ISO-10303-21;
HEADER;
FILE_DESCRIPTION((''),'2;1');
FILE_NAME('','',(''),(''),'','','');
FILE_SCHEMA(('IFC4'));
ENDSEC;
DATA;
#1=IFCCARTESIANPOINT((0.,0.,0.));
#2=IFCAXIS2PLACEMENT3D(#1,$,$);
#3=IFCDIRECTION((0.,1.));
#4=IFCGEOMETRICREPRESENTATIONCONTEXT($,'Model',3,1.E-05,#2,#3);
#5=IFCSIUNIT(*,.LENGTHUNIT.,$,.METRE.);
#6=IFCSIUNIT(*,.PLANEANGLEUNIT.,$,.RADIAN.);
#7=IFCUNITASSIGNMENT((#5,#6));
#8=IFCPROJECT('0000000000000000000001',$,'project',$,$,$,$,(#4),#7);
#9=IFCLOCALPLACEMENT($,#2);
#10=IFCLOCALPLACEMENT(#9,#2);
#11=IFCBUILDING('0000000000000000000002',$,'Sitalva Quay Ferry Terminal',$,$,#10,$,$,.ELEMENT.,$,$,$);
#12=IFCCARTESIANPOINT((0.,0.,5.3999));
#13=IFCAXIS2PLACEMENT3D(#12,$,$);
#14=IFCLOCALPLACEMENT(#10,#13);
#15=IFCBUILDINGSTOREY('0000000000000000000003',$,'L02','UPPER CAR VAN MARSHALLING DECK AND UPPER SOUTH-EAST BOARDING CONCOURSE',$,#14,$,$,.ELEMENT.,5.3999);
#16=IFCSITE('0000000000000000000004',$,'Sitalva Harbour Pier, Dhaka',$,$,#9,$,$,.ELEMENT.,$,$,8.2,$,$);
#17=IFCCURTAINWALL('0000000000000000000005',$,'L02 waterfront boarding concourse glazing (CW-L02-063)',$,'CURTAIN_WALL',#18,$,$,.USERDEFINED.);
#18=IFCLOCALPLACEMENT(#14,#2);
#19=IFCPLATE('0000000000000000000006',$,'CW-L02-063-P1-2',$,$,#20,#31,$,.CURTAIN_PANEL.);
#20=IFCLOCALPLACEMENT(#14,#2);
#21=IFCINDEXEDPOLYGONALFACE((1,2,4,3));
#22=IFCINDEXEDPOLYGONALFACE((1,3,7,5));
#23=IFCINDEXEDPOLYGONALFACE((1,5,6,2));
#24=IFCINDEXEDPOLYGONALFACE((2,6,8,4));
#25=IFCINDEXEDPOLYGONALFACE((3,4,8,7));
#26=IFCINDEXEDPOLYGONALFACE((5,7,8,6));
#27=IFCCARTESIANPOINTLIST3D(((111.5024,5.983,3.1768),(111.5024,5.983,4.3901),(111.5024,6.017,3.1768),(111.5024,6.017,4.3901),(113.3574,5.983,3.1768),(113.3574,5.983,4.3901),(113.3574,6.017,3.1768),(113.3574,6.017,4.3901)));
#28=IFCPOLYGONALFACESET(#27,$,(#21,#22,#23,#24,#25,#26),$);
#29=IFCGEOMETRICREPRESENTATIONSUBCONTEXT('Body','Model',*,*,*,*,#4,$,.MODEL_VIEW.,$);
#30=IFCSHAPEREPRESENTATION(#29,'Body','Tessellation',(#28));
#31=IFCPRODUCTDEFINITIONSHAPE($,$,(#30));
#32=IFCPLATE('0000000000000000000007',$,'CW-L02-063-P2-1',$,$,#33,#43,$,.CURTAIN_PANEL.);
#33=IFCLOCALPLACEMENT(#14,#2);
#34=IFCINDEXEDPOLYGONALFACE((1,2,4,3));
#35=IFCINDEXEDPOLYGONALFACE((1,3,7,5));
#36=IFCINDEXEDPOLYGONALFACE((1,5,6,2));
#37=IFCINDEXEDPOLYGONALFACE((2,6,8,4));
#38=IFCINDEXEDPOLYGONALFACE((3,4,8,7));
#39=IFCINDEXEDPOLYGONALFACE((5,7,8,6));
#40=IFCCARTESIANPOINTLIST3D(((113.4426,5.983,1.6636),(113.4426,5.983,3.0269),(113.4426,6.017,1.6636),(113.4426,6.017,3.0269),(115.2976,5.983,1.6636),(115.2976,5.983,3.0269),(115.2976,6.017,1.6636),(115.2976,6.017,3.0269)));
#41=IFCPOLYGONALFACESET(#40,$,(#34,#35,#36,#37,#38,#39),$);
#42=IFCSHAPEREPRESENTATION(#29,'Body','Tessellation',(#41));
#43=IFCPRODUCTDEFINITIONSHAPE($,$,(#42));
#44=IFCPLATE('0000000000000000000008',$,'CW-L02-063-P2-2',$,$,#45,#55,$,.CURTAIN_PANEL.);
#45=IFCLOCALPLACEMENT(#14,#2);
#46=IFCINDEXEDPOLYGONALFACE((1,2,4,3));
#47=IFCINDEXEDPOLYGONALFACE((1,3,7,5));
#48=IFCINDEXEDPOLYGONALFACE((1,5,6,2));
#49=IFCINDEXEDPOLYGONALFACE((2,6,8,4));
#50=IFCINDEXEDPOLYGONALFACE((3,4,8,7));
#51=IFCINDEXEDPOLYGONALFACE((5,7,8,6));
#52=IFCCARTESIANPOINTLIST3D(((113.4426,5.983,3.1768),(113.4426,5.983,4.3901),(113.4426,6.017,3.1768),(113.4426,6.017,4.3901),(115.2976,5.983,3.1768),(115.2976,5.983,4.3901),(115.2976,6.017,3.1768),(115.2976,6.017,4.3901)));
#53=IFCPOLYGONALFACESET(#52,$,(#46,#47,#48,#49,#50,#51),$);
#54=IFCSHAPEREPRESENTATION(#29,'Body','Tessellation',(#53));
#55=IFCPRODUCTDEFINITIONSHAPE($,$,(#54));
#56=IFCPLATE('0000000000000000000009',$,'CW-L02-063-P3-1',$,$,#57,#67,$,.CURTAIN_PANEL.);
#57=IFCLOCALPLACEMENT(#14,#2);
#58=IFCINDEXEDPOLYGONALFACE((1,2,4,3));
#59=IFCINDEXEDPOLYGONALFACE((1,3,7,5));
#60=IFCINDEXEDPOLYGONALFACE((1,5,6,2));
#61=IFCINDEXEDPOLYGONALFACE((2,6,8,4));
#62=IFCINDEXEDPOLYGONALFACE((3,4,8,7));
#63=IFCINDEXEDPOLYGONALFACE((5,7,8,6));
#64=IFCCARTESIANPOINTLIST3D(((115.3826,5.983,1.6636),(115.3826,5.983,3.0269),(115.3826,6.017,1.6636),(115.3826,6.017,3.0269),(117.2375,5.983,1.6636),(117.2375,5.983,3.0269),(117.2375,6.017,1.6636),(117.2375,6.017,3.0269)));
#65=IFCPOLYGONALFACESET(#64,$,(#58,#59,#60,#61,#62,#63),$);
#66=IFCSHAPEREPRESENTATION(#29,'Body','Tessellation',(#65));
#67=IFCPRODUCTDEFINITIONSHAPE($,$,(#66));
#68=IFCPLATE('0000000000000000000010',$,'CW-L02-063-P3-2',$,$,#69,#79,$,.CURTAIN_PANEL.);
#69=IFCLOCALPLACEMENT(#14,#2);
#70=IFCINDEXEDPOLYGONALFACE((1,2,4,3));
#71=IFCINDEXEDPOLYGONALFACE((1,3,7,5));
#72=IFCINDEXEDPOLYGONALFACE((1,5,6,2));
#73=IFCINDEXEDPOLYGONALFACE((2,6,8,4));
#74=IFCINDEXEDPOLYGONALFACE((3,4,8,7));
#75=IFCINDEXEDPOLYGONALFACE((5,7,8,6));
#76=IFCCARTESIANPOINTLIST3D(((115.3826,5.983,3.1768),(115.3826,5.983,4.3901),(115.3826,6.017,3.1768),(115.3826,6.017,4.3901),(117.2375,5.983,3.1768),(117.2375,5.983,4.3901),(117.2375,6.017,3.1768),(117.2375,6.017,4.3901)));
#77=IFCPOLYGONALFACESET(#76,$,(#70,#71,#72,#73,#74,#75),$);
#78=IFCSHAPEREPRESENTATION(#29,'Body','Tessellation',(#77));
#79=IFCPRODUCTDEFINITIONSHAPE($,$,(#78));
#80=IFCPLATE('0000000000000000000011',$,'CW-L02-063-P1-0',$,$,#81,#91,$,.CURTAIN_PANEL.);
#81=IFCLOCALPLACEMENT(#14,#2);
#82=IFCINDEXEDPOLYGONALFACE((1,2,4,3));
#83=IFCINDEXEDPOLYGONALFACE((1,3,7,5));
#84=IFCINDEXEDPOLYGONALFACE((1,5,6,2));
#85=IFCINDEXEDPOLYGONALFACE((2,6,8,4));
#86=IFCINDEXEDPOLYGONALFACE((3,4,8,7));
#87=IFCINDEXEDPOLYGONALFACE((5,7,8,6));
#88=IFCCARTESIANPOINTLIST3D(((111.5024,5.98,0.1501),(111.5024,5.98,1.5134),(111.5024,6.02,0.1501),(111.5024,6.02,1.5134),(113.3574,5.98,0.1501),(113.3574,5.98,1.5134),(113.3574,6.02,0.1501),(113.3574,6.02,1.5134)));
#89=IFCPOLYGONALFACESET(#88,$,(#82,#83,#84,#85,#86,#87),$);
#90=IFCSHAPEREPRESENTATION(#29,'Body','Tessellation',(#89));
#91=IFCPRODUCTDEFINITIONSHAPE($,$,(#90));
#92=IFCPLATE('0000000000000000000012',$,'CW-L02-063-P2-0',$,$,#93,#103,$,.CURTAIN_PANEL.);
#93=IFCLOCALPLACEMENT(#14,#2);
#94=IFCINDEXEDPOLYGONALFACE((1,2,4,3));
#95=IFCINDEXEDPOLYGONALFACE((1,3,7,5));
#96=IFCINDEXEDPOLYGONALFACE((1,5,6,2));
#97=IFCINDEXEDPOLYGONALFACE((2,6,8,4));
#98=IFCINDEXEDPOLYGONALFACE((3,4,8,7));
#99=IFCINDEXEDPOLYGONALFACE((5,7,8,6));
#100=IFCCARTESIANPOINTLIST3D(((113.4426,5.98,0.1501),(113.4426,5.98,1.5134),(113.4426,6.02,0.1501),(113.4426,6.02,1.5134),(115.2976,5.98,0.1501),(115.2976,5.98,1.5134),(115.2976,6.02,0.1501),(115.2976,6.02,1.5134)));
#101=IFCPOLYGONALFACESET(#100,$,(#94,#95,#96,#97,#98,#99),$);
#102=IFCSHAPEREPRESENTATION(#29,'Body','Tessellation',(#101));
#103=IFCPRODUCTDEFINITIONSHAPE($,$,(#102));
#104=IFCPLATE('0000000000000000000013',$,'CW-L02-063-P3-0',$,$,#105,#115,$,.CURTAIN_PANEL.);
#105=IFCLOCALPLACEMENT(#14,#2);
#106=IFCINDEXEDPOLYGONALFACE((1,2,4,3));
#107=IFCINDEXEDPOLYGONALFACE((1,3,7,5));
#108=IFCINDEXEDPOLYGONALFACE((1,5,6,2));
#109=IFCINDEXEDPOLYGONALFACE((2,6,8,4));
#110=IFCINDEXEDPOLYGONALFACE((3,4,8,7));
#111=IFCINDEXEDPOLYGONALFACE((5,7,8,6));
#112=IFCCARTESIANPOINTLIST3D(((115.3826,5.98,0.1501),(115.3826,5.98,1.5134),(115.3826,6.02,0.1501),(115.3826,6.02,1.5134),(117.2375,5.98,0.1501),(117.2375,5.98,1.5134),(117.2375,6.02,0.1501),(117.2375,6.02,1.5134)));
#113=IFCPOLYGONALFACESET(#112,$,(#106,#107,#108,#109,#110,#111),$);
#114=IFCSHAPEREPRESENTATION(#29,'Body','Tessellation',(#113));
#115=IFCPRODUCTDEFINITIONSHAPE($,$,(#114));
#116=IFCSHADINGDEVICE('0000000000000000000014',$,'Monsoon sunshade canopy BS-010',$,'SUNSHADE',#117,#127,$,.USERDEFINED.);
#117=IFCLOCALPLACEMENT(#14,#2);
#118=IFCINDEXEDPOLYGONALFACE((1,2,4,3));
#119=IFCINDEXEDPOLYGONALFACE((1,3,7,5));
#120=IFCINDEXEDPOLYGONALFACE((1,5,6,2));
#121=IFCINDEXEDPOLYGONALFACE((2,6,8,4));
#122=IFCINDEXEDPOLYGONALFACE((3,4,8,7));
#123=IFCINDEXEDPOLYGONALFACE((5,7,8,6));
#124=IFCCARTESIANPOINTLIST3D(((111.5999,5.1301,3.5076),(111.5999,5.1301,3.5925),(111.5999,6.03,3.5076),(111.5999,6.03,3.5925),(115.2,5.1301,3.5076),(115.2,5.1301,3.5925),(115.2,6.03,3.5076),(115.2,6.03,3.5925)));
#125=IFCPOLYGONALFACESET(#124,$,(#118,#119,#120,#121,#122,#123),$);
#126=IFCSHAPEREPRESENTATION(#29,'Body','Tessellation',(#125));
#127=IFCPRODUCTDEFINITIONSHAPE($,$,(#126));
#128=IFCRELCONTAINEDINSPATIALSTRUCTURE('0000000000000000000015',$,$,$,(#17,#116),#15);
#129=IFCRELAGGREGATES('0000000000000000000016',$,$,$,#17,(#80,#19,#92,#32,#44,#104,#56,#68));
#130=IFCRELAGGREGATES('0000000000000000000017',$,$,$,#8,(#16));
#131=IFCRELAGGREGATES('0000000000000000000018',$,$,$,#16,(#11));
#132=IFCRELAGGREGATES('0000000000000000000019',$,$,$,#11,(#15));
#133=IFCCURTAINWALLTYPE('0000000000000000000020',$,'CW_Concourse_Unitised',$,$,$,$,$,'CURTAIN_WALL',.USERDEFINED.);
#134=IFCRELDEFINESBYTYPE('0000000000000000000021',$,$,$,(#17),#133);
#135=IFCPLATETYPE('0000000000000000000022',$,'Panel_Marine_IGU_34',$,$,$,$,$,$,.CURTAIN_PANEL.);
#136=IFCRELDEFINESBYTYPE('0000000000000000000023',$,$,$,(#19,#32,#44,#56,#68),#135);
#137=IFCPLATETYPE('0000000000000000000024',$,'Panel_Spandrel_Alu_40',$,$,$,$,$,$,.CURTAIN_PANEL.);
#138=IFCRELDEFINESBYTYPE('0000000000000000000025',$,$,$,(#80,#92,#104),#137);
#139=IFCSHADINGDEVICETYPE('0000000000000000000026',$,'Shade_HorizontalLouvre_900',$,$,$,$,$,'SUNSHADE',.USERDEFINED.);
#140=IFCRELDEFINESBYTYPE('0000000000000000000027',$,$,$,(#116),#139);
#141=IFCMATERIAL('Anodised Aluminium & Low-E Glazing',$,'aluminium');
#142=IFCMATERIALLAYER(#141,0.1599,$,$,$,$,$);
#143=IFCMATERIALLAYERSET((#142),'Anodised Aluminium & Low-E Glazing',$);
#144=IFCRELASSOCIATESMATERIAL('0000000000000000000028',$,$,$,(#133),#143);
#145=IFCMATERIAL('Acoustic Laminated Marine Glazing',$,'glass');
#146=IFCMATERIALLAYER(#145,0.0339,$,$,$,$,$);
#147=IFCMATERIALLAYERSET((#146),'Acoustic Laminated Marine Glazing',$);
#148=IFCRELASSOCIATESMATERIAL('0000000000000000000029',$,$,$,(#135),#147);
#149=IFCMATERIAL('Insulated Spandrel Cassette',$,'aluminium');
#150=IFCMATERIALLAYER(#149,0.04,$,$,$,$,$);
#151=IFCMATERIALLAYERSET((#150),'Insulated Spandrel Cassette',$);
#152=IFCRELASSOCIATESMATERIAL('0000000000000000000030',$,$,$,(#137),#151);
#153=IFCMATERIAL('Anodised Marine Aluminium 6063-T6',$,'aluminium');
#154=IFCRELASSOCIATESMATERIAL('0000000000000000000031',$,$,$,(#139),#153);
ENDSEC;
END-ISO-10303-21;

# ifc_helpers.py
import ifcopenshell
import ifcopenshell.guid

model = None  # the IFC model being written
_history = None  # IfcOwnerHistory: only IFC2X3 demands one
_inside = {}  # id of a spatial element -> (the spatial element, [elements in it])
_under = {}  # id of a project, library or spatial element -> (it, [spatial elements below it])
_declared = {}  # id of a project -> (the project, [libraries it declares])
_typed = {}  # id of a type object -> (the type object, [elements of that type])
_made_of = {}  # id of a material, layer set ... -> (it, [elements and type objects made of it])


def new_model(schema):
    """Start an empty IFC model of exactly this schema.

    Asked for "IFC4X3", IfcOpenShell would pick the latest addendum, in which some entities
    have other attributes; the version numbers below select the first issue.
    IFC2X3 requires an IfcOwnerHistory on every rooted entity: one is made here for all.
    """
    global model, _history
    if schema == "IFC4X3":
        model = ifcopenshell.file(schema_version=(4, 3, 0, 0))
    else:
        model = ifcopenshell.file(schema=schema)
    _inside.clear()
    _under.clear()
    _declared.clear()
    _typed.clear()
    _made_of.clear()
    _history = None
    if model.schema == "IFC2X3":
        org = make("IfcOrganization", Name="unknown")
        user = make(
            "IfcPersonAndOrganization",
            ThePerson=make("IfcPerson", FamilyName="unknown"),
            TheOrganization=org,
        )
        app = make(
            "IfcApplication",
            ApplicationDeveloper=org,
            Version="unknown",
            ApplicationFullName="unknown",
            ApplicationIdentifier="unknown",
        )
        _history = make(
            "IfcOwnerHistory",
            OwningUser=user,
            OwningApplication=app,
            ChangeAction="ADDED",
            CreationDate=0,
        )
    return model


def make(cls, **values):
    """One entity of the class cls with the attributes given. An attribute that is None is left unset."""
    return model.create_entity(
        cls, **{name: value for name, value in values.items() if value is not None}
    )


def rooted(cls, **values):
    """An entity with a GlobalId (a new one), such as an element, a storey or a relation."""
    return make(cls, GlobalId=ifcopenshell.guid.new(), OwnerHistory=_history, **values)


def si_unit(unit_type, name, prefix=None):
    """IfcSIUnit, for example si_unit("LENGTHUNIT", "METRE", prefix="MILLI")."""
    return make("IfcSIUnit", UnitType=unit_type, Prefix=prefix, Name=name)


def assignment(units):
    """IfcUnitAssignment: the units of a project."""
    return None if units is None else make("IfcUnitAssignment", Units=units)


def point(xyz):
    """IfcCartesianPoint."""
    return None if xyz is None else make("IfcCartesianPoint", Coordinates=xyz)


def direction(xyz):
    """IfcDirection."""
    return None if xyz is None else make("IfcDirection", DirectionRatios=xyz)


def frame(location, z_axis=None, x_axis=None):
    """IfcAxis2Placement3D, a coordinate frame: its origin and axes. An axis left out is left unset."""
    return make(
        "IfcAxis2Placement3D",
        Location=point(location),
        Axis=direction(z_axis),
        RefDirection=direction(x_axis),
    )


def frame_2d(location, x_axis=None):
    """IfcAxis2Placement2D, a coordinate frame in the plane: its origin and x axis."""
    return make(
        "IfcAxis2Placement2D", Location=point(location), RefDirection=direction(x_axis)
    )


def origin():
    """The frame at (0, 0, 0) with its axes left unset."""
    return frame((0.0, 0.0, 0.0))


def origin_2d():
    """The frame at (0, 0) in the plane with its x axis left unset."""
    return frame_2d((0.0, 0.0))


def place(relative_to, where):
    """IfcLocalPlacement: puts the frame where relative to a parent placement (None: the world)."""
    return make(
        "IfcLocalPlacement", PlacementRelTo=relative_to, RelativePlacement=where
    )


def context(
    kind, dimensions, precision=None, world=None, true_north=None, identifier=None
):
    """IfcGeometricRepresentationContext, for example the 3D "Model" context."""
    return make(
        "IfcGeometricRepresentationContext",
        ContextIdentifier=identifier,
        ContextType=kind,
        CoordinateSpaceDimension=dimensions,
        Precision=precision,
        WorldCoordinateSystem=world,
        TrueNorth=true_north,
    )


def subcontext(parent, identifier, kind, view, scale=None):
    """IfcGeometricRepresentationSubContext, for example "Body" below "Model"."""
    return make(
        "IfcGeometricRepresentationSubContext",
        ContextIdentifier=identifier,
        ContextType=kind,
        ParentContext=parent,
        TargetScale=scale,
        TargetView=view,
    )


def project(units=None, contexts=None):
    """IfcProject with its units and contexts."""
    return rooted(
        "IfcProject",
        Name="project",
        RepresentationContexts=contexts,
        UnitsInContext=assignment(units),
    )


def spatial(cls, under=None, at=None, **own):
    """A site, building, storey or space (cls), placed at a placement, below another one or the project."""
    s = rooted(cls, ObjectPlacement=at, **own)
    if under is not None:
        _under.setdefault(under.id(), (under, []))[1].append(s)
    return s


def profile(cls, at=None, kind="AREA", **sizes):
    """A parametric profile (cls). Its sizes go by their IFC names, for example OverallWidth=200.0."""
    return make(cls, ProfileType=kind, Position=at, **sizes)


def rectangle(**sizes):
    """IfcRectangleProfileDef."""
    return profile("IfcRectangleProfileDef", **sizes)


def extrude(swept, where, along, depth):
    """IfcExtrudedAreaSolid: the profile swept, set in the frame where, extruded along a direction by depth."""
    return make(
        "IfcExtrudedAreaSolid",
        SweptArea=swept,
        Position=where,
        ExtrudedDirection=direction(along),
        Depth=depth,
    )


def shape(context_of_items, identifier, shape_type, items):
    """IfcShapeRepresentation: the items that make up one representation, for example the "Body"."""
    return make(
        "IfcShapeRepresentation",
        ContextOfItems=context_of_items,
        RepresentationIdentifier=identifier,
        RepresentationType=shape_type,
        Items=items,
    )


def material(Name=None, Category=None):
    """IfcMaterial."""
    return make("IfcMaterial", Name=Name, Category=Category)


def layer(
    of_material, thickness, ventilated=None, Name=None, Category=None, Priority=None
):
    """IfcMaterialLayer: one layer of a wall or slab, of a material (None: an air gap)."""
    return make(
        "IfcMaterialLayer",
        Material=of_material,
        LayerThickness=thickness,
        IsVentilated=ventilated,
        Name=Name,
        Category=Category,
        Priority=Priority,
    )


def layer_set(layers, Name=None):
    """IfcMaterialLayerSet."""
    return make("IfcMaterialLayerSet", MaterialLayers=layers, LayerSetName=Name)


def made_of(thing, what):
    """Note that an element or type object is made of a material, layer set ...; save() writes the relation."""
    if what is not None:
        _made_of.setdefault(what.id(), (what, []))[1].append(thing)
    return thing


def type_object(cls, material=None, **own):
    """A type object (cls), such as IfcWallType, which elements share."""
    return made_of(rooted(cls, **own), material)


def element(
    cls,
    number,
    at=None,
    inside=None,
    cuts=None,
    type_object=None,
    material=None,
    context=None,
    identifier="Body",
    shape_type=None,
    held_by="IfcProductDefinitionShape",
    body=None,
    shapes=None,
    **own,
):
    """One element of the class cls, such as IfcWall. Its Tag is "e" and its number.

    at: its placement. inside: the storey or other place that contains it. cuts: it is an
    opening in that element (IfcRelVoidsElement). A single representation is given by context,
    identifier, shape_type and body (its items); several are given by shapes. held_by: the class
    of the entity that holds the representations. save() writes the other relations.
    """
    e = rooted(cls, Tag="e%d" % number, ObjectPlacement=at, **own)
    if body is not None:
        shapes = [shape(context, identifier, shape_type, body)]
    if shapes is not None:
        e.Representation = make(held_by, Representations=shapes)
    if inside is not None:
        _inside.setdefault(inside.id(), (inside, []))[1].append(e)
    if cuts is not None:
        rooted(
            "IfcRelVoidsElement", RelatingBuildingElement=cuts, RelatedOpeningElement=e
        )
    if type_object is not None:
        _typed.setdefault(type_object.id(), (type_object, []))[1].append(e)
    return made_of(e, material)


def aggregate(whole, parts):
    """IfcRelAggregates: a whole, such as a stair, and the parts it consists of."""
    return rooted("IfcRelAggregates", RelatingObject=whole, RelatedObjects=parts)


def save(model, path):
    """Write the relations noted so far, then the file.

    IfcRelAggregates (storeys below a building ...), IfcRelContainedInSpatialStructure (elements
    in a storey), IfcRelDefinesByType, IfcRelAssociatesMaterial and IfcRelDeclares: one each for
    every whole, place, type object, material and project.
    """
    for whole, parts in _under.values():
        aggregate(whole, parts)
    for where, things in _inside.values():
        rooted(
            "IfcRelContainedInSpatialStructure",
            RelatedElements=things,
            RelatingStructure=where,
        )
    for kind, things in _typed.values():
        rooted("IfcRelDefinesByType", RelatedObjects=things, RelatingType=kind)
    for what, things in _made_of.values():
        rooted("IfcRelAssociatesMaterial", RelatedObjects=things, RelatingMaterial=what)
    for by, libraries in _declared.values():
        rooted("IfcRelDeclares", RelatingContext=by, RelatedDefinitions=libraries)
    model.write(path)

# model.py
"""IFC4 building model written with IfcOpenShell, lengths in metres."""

from ifc_helpers import new_model, si_unit, direction, frame, origin, origin_2d, place, context, subcontext, project, spatial, rectangle, extrude, material, layer, layer_set, type_object, element, aggregate, save


model = new_model("IFC4")

# Units and contexts
model_context = context("Model", 3, precision=1e-05, world=origin(), true_north=direction((0.0, 1.0)))
body_context = subcontext(model_context, "Body", "Model", "MODEL_VIEW")
ifc_project = project(units=[si_unit("LENGTHUNIT", "METRE"), si_unit("PLANEANGLEUNIT", "RADIAN")], contexts=[model_context])

# Site, building, storey
site_placement = place(None, origin())
site = spatial("IfcSite", under=ifc_project, at=site_placement, Name="Sitalva Harbour Pier, Dhaka", CompositionType="ELEMENT", RefElevation=8.2)
building_placement = place(site_placement, origin())
building = spatial("IfcBuilding", under=site, at=building_placement, Name="Sitalva Quay Ferry Terminal", CompositionType="ELEMENT")
storey_placement = place(building_placement, frame((0.0, 0.0, 5.3999)))
storey = spatial("IfcBuildingStorey", under=building, at=storey_placement, Name="L02", Description="UPPER CAR VAN MARSHALLING DECK AND UPPER SOUTH-EAST BOARDING CONCOURSE", CompositionType="ELEMENT", Elevation=5.3999)

# Curtain wall, plates
ifc_material_1 = material(Name="Anodised Aluminium & Low-E Glazing", Category="aluminium")
ifc_layer_1 = layer(ifc_material_1, 0.1599)
ifc_layer_set_1 = layer_set([ifc_layer_1], Name="Anodised Aluminium & Low-E Glazing")
curtain_wall_type = type_object("IfcCurtainWallType", Name="CW_Concourse_Unitised", ElementType="CURTAIN_WALL", PredefinedType="USERDEFINED", material=ifc_layer_set_1)
curtain_wall_placement = place(storey_placement, origin())
curtain_wall = element("IfcCurtainWall", 1, at=curtain_wall_placement, inside=storey, type_object=curtain_wall_type, Name="L02 waterfront boarding concourse glazing (CW-L02-063)", ObjectType="CURTAIN_WALL", PredefinedType="USERDEFINED")
ifc_material_2 = material(Name="Acoustic Laminated Marine Glazing", Category="glass")
ifc_layer_2 = layer(ifc_material_2, 0.0339)
ifc_layer_set_2 = layer_set([ifc_layer_2], Name="Acoustic Laminated Marine Glazing")
plate_type_1 = type_object("IfcPlateType", Name="Panel_Marine_IGU_34", PredefinedType="CURTAIN_PANEL", material=ifc_layer_set_2)
plate_1_placement = place(storey_placement, frame((112.4299, 6.0, 3.1768), z_axis=(0.0, 0.0, 1.0), x_axis=(1.0, 0.0, 0.0)))
plate_1 = element("IfcPlate", 2, at=plate_1_placement, type_object=plate_type_1, Name="CW-L02-063-P1-2", PredefinedType="CURTAIN_PANEL", context=body_context, shape_type="SweptSolid", body=[
    extrude(rectangle(XDim=1.855, YDim=0.0339, at=origin_2d()), origin(), (0.0, 0.0, 1.0), 1.2134),
])
plate_2_placement = place(storey_placement, frame((114.3701, 6.0, 1.6636), z_axis=(0.0, 0.0, 1.0), x_axis=(1.0, 0.0, 0.0)))
plate_2 = element("IfcPlate", 3, at=plate_2_placement, type_object=plate_type_1, Name="CW-L02-063-P2-1", PredefinedType="CURTAIN_PANEL", context=body_context, shape_type="SweptSolid", body=[
    extrude(rectangle(XDim=1.855, YDim=0.0339, at=origin_2d()), origin(), (0.0, 0.0, 1.0), 1.3633),
])
plate_3_placement = place(storey_placement, frame((114.3701, 6.0, 3.1768), z_axis=(0.0, 0.0, 1.0), x_axis=(1.0, 0.0, 0.0)))
plate_3 = element("IfcPlate", 4, at=plate_3_placement, type_object=plate_type_1, Name="CW-L02-063-P2-2", PredefinedType="CURTAIN_PANEL", context=body_context, shape_type="SweptSolid", body=[
    extrude(rectangle(XDim=1.855, YDim=0.0339, at=origin_2d()), origin(), (0.0, 0.0, 1.0), 1.2134),
])
plate_4_placement = place(storey_placement, frame((116.3101, 6.0, 1.6636), z_axis=(0.0, 0.0, 1.0), x_axis=(1.0, 0.0, 0.0)))
plate_4 = element("IfcPlate", 5, at=plate_4_placement, type_object=plate_type_1, Name="CW-L02-063-P3-1", PredefinedType="CURTAIN_PANEL", context=body_context, shape_type="SweptSolid", body=[
    extrude(rectangle(XDim=1.855, YDim=0.0339, at=origin_2d()), origin(), (0.0, 0.0, 1.0), 1.3633),
])
plate_5_placement = place(storey_placement, frame((116.3101, 6.0, 3.1768), z_axis=(0.0, 0.0, 1.0), x_axis=(1.0, 0.0, 0.0)))
plate_5 = element("IfcPlate", 6, at=plate_5_placement, type_object=plate_type_1, Name="CW-L02-063-P3-2", PredefinedType="CURTAIN_PANEL", context=body_context, shape_type="SweptSolid", body=[
    extrude(rectangle(XDim=1.855, YDim=0.0339, at=origin_2d()), origin(), (0.0, 0.0, 1.0), 1.2134),
])
ifc_material_3 = material(Name="Insulated Spandrel Cassette", Category="aluminium")
ifc_layer_3 = layer(ifc_material_3, 0.04)
ifc_layer_set_3 = layer_set([ifc_layer_3], Name="Insulated Spandrel Cassette")
plate_type_2 = type_object("IfcPlateType", Name="Panel_Spandrel_Alu_40", PredefinedType="CURTAIN_PANEL", material=ifc_layer_set_3)
plate_6_placement = place(storey_placement, frame((112.4299, 6.0, 0.1501), z_axis=(0.0, 0.0, 1.0), x_axis=(1.0, 0.0, 0.0)))
plate_6 = element("IfcPlate", 7, at=plate_6_placement, type_object=plate_type_2, Name="CW-L02-063-P1-0", PredefinedType="CURTAIN_PANEL", context=body_context, shape_type="SweptSolid", body=[
    extrude(rectangle(XDim=1.855, YDim=0.04, at=origin_2d()), origin(), (0.0, 0.0, 1.0), 1.3633),
])
plate_7_placement = place(storey_placement, frame((114.3701, 6.0, 0.1501), z_axis=(0.0, 0.0, 1.0), x_axis=(1.0, 0.0, 0.0)))
plate_7 = element("IfcPlate", 8, at=plate_7_placement, type_object=plate_type_2, Name="CW-L02-063-P2-0", PredefinedType="CURTAIN_PANEL", context=body_context, shape_type="SweptSolid", body=[
    extrude(rectangle(XDim=1.855, YDim=0.04, at=origin_2d()), origin(), (0.0, 0.0, 1.0), 1.3633),
])
plate_8_placement = place(storey_placement, frame((116.3101, 6.0, 0.1501), z_axis=(0.0, 0.0, 1.0), x_axis=(1.0, 0.0, 0.0)))
plate_8 = element("IfcPlate", 9, at=plate_8_placement, type_object=plate_type_2, Name="CW-L02-063-P3-0", PredefinedType="CURTAIN_PANEL", context=body_context, shape_type="SweptSolid", body=[
    extrude(rectangle(XDim=1.855, YDim=0.04, at=origin_2d()), origin(), (0.0, 0.0, 1.0), 1.3633),
])
aggregate(curtain_wall, [plate_6, plate_1, plate_7, plate_2, plate_3, plate_8, plate_4, plate_5])

# Shading device
ifc_material_4 = material(Name="Anodised Marine Aluminium 6063-T6", Category="aluminium")
shading_device_type = type_object("IfcShadingDeviceType", Name="Shade_HorizontalLouvre_900", ElementType="SUNSHADE", PredefinedType="USERDEFINED", material=ifc_material_4)
shading_device_placement = place(storey_placement, frame((113.3999, 5.5801, 3.5076), z_axis=(0.0, 0.0, 1.0), x_axis=(1.0, 0.0, 0.0)))
element("IfcShadingDevice", 10, at=shading_device_placement, inside=storey, type_object=shading_device_type, Name="Monsoon sunshade canopy BS-010", ObjectType="SUNSHADE", PredefinedType="USERDEFINED", context=body_context, shape_type="SweptSolid", body=[
    extrude(rectangle(XDim=3.6001, YDim=0.8999, at=origin_2d()), origin(), (0.0, 0.0, 1.0), 0.085),
])

save(model, "model.ifc")
